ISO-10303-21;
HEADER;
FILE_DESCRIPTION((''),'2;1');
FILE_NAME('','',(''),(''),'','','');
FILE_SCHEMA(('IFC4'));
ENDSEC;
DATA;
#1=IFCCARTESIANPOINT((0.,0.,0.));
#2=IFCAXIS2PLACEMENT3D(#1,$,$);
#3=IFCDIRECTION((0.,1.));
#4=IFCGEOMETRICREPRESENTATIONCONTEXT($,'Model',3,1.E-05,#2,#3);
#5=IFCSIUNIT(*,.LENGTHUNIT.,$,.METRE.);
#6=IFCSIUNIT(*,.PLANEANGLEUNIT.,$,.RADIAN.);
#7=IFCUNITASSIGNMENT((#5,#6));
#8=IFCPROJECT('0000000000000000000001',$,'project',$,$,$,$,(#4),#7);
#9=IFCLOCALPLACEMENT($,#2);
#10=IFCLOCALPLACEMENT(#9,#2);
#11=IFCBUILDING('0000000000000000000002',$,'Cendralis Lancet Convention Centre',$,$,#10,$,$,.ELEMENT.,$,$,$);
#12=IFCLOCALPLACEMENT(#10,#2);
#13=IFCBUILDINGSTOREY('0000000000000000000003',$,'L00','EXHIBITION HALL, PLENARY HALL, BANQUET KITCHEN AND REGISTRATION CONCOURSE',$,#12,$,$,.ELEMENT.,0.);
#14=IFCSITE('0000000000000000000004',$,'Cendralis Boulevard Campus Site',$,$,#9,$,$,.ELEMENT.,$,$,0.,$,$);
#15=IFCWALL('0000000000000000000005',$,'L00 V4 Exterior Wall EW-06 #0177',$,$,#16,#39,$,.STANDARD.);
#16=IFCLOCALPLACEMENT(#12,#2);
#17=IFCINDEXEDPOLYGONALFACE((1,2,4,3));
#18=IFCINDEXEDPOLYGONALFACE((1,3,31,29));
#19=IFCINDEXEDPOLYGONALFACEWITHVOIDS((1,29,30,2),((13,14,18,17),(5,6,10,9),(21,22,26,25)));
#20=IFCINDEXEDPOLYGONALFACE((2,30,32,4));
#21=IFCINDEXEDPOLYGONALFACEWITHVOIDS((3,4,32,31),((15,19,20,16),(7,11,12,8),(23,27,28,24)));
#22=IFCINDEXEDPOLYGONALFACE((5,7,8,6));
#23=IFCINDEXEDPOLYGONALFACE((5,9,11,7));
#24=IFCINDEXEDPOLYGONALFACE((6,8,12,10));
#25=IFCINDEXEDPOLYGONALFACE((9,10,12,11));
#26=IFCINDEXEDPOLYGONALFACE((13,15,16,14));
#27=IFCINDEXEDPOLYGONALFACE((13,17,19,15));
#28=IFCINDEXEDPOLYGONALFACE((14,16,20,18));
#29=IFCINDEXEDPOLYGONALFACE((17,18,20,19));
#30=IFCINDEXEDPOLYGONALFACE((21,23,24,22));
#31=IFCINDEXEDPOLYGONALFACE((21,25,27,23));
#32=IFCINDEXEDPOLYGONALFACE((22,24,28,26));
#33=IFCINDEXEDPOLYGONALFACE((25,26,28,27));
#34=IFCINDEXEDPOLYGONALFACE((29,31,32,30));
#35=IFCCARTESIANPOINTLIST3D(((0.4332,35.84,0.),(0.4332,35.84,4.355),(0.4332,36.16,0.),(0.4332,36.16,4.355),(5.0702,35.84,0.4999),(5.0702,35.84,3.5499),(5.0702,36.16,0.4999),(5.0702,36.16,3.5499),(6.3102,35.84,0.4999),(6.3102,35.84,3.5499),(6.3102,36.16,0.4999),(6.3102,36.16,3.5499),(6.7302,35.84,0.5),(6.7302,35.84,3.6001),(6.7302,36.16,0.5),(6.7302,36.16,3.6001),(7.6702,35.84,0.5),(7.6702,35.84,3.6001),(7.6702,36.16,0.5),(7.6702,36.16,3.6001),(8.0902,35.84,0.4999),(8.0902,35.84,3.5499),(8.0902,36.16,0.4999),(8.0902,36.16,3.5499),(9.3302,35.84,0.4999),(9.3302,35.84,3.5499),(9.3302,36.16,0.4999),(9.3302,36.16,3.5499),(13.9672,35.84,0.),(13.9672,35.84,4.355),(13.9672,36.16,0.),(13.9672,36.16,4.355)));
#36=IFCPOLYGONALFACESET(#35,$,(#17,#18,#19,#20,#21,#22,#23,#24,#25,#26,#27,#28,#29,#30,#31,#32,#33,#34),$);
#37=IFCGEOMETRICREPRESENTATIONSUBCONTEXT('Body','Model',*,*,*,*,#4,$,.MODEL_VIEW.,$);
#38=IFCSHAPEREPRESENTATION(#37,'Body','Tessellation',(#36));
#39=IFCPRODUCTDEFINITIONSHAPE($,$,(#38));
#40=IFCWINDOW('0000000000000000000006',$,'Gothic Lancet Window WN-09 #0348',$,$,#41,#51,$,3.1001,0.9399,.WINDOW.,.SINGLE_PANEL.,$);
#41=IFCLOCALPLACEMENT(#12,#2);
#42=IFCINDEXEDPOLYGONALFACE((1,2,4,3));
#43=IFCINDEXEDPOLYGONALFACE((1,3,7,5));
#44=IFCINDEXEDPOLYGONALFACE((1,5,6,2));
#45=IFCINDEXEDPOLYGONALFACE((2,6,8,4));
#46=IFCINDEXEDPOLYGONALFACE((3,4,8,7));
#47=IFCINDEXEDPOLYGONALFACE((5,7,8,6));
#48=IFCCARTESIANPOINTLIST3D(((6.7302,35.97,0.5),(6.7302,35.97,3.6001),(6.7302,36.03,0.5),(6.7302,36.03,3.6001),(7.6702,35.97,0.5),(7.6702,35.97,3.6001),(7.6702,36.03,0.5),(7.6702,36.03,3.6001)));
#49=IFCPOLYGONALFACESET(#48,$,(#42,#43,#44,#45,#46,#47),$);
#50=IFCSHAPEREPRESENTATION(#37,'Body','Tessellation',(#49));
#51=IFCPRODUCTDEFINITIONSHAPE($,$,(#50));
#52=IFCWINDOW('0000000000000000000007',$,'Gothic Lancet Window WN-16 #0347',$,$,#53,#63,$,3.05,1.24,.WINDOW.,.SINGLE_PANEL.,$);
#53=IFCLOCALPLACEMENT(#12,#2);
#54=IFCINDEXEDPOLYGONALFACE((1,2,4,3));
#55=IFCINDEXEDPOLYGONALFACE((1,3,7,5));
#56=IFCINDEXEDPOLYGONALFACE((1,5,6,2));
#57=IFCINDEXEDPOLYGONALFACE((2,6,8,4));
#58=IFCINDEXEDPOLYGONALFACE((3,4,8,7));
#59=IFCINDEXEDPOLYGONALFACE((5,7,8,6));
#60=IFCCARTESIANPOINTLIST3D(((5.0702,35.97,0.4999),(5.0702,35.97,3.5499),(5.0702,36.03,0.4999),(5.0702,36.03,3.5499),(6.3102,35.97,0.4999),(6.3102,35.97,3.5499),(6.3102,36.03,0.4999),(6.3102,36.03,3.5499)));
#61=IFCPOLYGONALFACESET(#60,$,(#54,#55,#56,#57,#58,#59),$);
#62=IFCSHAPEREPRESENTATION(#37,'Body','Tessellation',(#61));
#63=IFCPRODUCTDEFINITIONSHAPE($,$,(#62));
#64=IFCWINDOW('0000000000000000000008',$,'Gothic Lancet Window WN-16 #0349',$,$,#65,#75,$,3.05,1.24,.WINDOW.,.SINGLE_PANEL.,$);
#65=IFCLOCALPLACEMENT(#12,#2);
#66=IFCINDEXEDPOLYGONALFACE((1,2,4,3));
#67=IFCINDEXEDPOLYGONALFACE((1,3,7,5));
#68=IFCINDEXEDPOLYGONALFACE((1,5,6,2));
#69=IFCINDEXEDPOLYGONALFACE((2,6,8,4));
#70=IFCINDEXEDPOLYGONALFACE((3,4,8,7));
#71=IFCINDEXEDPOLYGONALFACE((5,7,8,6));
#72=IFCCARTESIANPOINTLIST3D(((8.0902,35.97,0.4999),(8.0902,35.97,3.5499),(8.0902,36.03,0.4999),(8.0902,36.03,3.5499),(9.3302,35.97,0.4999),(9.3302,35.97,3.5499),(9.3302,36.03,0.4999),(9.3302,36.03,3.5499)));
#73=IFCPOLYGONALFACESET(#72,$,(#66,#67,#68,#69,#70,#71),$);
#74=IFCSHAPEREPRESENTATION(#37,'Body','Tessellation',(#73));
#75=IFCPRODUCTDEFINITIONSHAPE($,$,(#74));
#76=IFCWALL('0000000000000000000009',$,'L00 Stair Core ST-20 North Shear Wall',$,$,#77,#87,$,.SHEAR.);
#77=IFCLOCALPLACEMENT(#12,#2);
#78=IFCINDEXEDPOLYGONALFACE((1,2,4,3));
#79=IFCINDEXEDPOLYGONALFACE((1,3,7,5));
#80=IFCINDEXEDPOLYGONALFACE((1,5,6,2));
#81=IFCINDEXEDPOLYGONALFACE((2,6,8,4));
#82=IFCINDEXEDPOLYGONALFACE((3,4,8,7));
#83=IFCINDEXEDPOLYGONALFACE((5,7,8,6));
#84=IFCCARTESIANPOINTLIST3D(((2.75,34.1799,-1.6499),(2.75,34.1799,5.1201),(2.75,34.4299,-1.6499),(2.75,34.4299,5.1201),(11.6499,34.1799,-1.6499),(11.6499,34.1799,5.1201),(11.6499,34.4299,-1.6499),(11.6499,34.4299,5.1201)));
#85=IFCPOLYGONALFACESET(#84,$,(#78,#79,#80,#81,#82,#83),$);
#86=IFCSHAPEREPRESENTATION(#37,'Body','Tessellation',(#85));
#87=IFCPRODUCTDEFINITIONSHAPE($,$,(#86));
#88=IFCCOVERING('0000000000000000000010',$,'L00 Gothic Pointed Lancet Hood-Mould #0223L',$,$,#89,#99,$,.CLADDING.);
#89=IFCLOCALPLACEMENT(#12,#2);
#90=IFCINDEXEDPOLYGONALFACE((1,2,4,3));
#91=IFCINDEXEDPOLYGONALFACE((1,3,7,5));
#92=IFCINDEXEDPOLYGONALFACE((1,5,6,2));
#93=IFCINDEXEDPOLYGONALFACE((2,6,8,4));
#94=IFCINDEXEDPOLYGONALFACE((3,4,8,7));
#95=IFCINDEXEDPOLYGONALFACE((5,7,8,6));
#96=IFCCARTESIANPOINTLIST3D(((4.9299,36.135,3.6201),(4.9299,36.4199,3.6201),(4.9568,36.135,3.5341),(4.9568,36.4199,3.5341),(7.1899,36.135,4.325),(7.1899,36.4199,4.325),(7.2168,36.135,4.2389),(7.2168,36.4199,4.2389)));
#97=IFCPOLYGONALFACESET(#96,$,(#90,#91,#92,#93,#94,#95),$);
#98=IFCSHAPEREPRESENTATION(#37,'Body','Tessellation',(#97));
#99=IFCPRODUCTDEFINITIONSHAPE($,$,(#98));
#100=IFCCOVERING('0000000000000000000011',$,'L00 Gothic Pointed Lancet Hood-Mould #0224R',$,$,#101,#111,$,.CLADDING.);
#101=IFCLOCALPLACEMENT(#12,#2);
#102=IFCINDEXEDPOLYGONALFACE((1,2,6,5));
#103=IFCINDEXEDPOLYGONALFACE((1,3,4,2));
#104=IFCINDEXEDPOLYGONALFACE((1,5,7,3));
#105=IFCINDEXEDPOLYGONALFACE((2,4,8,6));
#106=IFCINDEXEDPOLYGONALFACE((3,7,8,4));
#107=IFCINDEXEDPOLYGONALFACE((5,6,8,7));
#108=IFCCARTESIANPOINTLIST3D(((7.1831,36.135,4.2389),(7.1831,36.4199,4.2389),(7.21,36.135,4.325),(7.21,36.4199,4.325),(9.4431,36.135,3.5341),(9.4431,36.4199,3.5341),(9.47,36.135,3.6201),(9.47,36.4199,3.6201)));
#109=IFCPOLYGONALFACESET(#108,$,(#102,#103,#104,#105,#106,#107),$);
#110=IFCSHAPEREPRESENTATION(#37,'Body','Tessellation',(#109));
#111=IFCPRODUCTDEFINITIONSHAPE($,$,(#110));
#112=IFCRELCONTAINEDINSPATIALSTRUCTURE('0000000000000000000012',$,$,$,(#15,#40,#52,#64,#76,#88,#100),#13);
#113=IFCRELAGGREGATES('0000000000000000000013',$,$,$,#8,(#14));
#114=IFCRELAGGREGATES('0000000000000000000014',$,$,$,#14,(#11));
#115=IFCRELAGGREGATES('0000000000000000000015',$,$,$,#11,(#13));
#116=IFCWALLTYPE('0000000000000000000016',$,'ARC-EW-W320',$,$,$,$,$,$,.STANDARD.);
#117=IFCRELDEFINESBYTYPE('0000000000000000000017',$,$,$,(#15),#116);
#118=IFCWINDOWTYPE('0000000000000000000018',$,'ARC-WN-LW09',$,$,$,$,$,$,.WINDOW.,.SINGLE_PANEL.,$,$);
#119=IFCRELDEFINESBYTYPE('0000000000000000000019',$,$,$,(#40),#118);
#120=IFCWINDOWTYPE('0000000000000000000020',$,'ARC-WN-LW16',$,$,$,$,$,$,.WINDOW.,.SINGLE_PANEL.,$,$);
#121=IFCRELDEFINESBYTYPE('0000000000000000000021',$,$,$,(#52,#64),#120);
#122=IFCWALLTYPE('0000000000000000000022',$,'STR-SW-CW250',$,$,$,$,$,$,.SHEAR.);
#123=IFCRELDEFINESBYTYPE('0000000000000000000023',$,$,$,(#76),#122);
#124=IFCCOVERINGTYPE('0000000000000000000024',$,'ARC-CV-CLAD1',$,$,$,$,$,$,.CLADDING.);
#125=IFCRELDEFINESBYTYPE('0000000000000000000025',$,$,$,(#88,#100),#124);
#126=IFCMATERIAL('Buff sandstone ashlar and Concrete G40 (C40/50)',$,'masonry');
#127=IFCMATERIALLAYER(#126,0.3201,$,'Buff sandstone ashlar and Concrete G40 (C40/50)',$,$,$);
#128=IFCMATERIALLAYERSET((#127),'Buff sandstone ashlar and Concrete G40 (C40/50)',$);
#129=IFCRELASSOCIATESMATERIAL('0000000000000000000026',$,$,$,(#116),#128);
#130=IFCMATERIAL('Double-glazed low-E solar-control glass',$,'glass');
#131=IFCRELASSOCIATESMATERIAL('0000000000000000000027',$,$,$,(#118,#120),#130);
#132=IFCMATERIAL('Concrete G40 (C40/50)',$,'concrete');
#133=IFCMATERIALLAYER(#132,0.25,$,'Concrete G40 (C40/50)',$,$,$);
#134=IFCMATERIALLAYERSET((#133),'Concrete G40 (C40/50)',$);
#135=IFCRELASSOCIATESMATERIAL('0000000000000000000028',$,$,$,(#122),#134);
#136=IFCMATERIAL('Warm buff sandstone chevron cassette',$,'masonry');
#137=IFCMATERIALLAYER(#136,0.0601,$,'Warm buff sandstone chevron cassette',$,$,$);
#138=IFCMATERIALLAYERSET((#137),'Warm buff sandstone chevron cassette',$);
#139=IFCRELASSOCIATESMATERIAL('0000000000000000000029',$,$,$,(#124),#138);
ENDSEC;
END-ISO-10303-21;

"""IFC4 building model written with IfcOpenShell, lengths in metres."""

from ifc_helpers import new_model, si_unit, direction, frame, frame_2d, origin, place, context, subcontext, project, spatial, polyline, rectangle, outline, extrude, material, layer, layer_set, type_object, element, fill, save


model = new_model("IFC4")

# Units and contexts
model_context = context("Model", 3, precision=1e-05, world=origin(), true_north=direction((0.0, 1.0)))
body_context = subcontext(model_context, "Body", "Model", "MODEL_VIEW")
ifc_project = project(units=[si_unit("LENGTHUNIT", "METRE"), si_unit("PLANEANGLEUNIT", "RADIAN")], contexts=[model_context])

# Site, building, storey
site_placement = place(None, origin())
site = spatial("IfcSite", under=ifc_project, at=site_placement, Name="Cendralis Boulevard Campus Site", CompositionType="ELEMENT", RefElevation=0.0)
building_placement = place(site_placement, origin())
building = spatial("IfcBuilding", under=site, at=building_placement, Name="Cendralis Lancet Convention Centre", CompositionType="ELEMENT")
storey_placement = place(building_placement, origin())
storey = spatial("IfcBuildingStorey", under=building, at=storey_placement, Name="L00", Description="EXHIBITION HALL, PLENARY HALL, BANQUET KITCHEN AND REGISTRATION CONCOURSE", CompositionType="ELEMENT", Elevation=0.0)

# Shared definitions
ifc_material_1 = material(Name="Concrete G40 (C40/50)", Category="concrete")

# Wall, openings, windows
ifc_material_2 = material(Name="Buff sandstone ashlar and Concrete G40 (C40/50)", Category="masonry")
ifc_layer_1 = layer(ifc_material_2, 0.3201, Name="Buff sandstone ashlar and Concrete G40 (C40/50)")
ifc_layer_set_1 = layer_set([ifc_layer_1], Name="Buff sandstone ashlar and Concrete G40 (C40/50)")
wall_type_1 = type_object("IfcWallType", Name="ARC-EW-W320", PredefinedType="STANDARD", material=ifc_layer_set_1)
wall_1_placement = place(storey_placement, frame((0.4331, 36.0, 0.0), z_axis=(0.0, 0.0, 1.0), x_axis=(1.0, 0.0, 0.0)))
wall_1 = element("IfcWall", 1, at=wall_1_placement, inside=storey, type_object=wall_type_1, Name="L00 V4 Exterior Wall EW-06 #0177", PredefinedType="STANDARD", context=body_context, shape_type="SweptSolid", body=[
    extrude(rectangle(XDim=13.5339, YDim=0.3201, at=frame_2d((6.7671, 0.0))), origin(), (0.0, 0.0, 1.0), 4.355),
])
opening_1_placement = place(wall_1_placement, frame((4.637, 0.0, 0.5)))
opening_1 = element("IfcOpeningElement", 2, at=opening_1_placement, cuts=wall_1, PredefinedType="OPENING", context=body_context, shape_type="SweptSolid", body=[
    extrude(rectangle(XDim=1.24, YDim=3.05, at=frame_2d((0.6201, 1.5249))), frame((0.0, 0.1699, 0.0), z_axis=(0.0, -1.0, 0.0), x_axis=(1.0, 0.0, 0.0)), (0.0, 0.0, 1.0), 0.3401),
])
opening_2_placement = place(wall_1_placement, frame((6.2971, 0.0, 0.5)))
opening_2 = element("IfcOpeningElement", 3, at=opening_2_placement, cuts=wall_1, PredefinedType="OPENING", context=body_context, shape_type="SweptSolid", body=[
    extrude(rectangle(XDim=0.9399, YDim=3.1001, at=frame_2d((0.47, 1.55))), frame((0.0, 0.1699, 0.0), z_axis=(0.0, -1.0, 0.0), x_axis=(1.0, 0.0, 0.0)), (0.0, 0.0, 1.0), 0.3401),
])
opening_3_placement = place(wall_1_placement, frame((7.657, 0.0, 0.5)))
opening_3 = element("IfcOpeningElement", 4, at=opening_3_placement, cuts=wall_1, PredefinedType="OPENING", context=body_context, shape_type="SweptSolid", body=[
    extrude(rectangle(XDim=1.24, YDim=3.05, at=frame_2d((0.6201, 1.5249))), frame((0.0, 0.1699, 0.0), z_axis=(0.0, -1.0, 0.0), x_axis=(1.0, 0.0, 0.0)), (0.0, 0.0, 1.0), 0.3401),
])
ifc_material_3 = material(Name="Double-glazed low-E solar-control glass", Category="glass")
window_type_1 = type_object("IfcWindowType", Name="ARC-WN-LW09", PartitioningType="SINGLE_PANEL", PredefinedType="WINDOW", material=ifc_material_3)
window_1_placement = place(opening_2_placement, origin())
window_1 = element("IfcWindow", 5, at=window_1_placement, inside=storey, type_object=window_type_1, Name="Gothic Lancet Window WN-09 #0348", OverallHeight=3.1001, OverallWidth=0.9399, PartitioningType="SINGLE_PANEL", PredefinedType="WINDOW", context=body_context, shape_type="SweptSolid", body=[
    extrude(rectangle(XDim=0.9399, YDim=3.1001, at=frame_2d((0.47, 1.55))), frame((0.0, 0.03, 0.0), z_axis=(0.0, -1.0, 0.0), x_axis=(1.0, 0.0, 0.0)), (0.0, 0.0, 1.0), 0.0601),
])
fill(opening_2, window_1)
window_type_2 = type_object("IfcWindowType", Name="ARC-WN-LW16", PartitioningType="SINGLE_PANEL", PredefinedType="WINDOW", material=ifc_material_3)
window_2_placement = place(opening_1_placement, origin())
window_2 = element("IfcWindow", 6, at=window_2_placement, inside=storey, type_object=window_type_2, Name="Gothic Lancet Window WN-16 #0347", OverallHeight=3.05, OverallWidth=1.24, PartitioningType="SINGLE_PANEL", PredefinedType="WINDOW", context=body_context, shape_type="SweptSolid", body=[
    extrude(rectangle(XDim=1.24, YDim=3.05, at=frame_2d((0.6201, 1.5249))), frame((0.0, 0.03, 0.0), z_axis=(0.0, -1.0, 0.0), x_axis=(1.0, 0.0, 0.0)), (0.0, 0.0, 1.0), 0.0601),
])
fill(opening_1, window_2)
window_3_placement = place(opening_3_placement, origin())
window_3 = element("IfcWindow", 7, at=window_3_placement, inside=storey, type_object=window_type_2, Name="Gothic Lancet Window WN-16 #0349", OverallHeight=3.05, OverallWidth=1.24, PartitioningType="SINGLE_PANEL", PredefinedType="WINDOW", context=body_context, shape_type="SweptSolid", body=[
    extrude(rectangle(XDim=1.24, YDim=3.05, at=frame_2d((0.6201, 1.5249))), frame((0.0, 0.03, 0.0), z_axis=(0.0, -1.0, 0.0), x_axis=(1.0, 0.0, 0.0)), (0.0, 0.0, 1.0), 0.0601),
])
fill(opening_3, window_3)

# Wall
ifc_layer_2 = layer(ifc_material_1, 0.25, Name="Concrete G40 (C40/50)")
ifc_layer_set_2 = layer_set([ifc_layer_2], Name="Concrete G40 (C40/50)")
wall_type_2 = type_object("IfcWallType", Name="STR-SW-CW250", PredefinedType="SHEAR", material=ifc_layer_set_2)
wall_2_placement = place(storey_placement, frame((2.75, 34.3049, -1.6499), z_axis=(0.0, 0.0, 1.0), x_axis=(1.0, 0.0, 0.0)))
element("IfcWall", 8, at=wall_2_placement, inside=storey, type_object=wall_type_2, Name="L00 Stair Core ST-20 North Shear Wall", PredefinedType="SHEAR", context=body_context, shape_type="SweptSolid", body=[
    extrude(rectangle(XDim=8.8999, YDim=0.25, at=frame_2d((4.45, 0.0))), origin(), (0.0, 0.0, 1.0), 6.77),
])

# Coverings
ifc_material_4 = material(Name="Warm buff sandstone chevron cassette", Category="masonry")
ifc_layer_3 = layer(ifc_material_4, 0.0601, Name="Warm buff sandstone chevron cassette")
ifc_layer_set_3 = layer_set([ifc_layer_3], Name="Warm buff sandstone chevron cassette")
covering_type = type_object("IfcCoveringType", Name="ARC-CV-CLAD1", PredefinedType="CLADDING", material=ifc_layer_set_3)
for number, where, z_axis, x_axis, name in (
    (9, (4.9299, 36.4199, 3.6201), (-0.297729, 0.0, 0.95465), (0.0, -1.0, 0.0), "L00 Gothic Pointed Lancet Hood-Mould #0223L"),
    (10, (7.21, 36.4199, 4.325), (0.297729, 0.0, 0.95465), (0.0, -1.0, 0.0), "L00 Gothic Pointed Lancet Hood-Mould #0224R"),
):
    element("IfcCovering", number, at=place(storey_placement, frame(where, z_axis=z_axis, x_axis=x_axis)), inside=storey, type_object=covering_type, Name=name, PredefinedType="CLADDING", context=body_context, shape_type="SweptSolid", body=[
        extrude(outline(polyline([(0.0, 0.0), (0.2849, 0.0), (0.2849, 2.3674), (0.0, 2.3674), (0.0, 0.0)])), origin(), (0.0, 0.0, -1.0), 0.0901),
    ])

save(model, "model.ifc")
